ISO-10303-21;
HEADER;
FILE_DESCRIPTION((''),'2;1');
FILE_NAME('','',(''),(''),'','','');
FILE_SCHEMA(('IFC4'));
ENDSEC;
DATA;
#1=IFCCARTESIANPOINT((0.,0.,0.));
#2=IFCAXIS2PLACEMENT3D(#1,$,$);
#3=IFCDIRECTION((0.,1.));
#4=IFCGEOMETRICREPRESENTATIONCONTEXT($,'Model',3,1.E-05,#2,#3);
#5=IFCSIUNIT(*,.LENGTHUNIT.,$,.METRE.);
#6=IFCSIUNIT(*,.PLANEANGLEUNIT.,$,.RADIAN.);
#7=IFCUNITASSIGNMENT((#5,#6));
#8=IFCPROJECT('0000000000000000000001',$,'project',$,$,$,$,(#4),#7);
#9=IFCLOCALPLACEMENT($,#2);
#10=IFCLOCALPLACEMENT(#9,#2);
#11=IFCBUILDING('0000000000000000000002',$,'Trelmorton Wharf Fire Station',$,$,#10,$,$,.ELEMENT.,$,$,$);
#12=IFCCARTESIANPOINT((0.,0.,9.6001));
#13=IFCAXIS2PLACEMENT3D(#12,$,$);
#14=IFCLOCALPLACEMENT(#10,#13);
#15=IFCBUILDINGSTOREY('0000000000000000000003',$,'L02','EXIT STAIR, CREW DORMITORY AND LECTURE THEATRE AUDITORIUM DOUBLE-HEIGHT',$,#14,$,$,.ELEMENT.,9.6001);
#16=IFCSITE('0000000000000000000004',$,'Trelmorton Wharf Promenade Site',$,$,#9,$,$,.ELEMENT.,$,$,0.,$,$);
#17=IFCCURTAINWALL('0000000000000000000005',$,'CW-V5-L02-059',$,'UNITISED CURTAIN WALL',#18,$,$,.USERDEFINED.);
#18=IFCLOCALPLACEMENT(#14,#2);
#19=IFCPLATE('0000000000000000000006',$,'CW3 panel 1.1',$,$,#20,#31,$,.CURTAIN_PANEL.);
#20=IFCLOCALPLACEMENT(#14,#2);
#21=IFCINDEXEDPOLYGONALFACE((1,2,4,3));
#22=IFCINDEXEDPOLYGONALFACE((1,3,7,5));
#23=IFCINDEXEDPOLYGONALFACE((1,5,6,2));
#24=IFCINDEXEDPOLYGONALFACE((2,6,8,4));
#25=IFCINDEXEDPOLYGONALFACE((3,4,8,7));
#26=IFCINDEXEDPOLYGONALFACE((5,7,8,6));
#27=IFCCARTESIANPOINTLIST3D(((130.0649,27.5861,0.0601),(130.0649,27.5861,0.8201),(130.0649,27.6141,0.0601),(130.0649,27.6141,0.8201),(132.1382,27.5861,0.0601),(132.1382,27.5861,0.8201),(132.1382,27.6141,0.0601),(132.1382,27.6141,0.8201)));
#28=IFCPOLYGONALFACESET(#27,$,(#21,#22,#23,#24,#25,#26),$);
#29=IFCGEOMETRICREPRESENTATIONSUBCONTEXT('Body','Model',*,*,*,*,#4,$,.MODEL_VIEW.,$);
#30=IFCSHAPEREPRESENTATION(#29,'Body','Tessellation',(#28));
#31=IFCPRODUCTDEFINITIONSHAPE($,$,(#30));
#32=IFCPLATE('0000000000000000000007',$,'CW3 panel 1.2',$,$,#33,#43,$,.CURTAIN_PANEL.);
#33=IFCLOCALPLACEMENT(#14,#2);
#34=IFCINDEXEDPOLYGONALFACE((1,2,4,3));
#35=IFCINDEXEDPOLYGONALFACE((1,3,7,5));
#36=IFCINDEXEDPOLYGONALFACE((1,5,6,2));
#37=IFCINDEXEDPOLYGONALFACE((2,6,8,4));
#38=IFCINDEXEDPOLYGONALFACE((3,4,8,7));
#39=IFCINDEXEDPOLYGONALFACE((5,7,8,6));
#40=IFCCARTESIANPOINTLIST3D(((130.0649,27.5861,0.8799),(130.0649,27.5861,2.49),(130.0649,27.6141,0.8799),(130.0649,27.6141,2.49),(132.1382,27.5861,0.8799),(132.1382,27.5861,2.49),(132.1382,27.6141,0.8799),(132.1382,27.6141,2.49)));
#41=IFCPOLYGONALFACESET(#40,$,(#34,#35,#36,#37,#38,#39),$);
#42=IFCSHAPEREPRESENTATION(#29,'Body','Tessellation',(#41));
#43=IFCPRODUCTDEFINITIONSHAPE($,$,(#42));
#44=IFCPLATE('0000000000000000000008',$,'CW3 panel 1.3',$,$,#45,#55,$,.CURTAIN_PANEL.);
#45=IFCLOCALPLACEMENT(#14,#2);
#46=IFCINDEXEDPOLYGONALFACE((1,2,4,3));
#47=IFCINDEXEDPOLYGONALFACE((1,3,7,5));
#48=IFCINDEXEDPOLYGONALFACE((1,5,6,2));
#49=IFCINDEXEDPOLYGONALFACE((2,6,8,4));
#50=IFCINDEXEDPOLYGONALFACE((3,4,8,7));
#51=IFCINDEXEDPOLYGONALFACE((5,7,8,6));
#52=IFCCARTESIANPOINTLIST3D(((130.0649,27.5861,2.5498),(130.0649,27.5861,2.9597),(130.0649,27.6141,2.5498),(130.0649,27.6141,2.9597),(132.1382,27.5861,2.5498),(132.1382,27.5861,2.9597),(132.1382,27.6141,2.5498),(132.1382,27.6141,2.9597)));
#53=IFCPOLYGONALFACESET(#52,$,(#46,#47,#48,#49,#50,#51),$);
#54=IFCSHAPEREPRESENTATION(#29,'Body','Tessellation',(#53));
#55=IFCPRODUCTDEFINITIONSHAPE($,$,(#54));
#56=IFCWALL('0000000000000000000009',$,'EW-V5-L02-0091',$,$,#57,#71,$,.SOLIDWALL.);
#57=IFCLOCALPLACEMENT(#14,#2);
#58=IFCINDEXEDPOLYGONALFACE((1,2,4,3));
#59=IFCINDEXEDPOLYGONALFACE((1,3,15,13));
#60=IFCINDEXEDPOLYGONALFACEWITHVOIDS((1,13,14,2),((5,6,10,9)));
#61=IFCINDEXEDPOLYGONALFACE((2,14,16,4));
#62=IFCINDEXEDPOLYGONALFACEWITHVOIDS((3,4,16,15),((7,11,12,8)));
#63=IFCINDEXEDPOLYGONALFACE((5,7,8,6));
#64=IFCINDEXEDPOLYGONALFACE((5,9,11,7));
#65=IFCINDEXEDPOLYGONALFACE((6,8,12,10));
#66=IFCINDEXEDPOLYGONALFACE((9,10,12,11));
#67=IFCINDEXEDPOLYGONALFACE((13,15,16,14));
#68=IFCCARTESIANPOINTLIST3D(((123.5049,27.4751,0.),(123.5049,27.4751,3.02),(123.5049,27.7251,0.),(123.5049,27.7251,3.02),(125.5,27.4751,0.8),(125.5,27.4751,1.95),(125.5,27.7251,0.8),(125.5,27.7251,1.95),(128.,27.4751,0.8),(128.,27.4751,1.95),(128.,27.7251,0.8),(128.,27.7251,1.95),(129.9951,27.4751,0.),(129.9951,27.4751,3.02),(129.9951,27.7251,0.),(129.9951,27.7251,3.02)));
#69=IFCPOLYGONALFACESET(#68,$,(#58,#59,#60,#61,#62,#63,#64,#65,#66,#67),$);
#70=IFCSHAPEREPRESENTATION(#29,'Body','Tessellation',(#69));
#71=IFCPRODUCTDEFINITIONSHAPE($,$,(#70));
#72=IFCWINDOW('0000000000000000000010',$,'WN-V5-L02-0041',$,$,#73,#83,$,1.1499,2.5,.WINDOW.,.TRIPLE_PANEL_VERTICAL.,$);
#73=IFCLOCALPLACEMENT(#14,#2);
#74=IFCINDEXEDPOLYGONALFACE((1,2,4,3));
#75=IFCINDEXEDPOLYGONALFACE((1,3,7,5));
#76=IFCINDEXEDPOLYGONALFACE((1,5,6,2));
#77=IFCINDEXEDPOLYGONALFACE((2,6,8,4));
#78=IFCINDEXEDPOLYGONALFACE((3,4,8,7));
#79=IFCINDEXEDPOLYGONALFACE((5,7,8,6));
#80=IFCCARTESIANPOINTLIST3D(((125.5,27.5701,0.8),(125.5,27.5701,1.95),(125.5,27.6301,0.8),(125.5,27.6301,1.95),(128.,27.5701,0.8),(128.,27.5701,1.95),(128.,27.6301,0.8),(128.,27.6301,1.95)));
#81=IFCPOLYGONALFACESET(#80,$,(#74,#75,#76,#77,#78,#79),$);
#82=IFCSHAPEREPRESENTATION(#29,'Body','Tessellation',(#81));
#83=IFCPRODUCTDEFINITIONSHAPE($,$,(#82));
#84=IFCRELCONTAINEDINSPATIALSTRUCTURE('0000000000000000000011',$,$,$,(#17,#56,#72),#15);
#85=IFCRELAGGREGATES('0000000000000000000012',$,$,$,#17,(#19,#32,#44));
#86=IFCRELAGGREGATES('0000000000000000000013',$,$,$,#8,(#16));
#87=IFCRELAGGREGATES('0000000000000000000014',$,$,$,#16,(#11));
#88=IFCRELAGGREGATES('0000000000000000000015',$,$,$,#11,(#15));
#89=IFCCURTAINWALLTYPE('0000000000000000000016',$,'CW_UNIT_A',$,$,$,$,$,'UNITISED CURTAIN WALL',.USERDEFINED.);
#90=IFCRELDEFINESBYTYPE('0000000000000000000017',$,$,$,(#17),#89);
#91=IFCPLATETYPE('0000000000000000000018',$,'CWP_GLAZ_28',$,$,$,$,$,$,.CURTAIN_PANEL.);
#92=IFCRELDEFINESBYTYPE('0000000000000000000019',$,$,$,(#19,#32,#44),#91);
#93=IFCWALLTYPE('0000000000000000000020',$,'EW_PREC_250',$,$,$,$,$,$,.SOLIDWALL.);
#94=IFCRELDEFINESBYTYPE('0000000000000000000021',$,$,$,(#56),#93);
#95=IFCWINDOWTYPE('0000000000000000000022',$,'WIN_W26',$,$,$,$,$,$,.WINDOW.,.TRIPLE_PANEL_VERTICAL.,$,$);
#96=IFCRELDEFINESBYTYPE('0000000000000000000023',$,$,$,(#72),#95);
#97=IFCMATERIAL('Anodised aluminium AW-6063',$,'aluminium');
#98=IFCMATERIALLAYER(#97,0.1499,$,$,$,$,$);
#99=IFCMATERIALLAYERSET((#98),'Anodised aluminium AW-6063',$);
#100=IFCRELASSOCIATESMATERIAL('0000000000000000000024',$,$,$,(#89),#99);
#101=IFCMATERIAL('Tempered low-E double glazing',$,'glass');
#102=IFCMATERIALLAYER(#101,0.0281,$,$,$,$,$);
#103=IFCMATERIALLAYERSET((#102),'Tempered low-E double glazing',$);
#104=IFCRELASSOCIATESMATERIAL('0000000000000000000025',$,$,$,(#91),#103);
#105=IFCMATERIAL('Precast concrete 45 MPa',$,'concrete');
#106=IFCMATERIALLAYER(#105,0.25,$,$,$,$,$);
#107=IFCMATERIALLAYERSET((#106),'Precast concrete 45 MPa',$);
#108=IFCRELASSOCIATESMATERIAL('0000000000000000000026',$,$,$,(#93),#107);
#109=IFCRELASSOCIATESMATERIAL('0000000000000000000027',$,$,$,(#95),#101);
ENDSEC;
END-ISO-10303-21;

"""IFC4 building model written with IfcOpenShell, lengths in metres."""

from ifc_helpers import new_model, si_unit, direction, frame, frame_2d, origin, origin_2d, place, context, subcontext, project, spatial, rectangle, extrude, material, layer, layer_set, type_object, element, fill, aggregate, save


model = new_model("IFC4")

# Units and contexts
model_context = context("Model", 3, precision=1e-05, world=origin(), true_north=direction((0.0, 1.0)))
body_context = subcontext(model_context, "Body", "Model", "MODEL_VIEW")
ifc_project = project(units=[si_unit("LENGTHUNIT", "METRE"), si_unit("PLANEANGLEUNIT", "RADIAN")], contexts=[model_context])

# Site, building, storey
site_placement = place(None, origin())
site = spatial("IfcSite", under=ifc_project, at=site_placement, Name="Trelmorton Wharf Promenade Site", CompositionType="ELEMENT", RefElevation=0.0)
building_placement = place(site_placement, origin())
building = spatial("IfcBuilding", under=site, at=building_placement, Name="Trelmorton Wharf Fire Station", CompositionType="ELEMENT")
storey_placement = place(building_placement, frame((0.0, 0.0, 9.6001)))
storey = spatial("IfcBuildingStorey", under=building, at=storey_placement, Name="L02", Description="EXIT STAIR, CREW DORMITORY AND LECTURE THEATRE AUDITORIUM DOUBLE-HEIGHT", CompositionType="ELEMENT", Elevation=9.6001)

# Curtain wall
ifc_material_1 = material(Name="Anodised aluminium AW-6063", Category="aluminium")
ifc_layer_1 = layer(ifc_material_1, 0.1499)
ifc_layer_set_1 = layer_set([ifc_layer_1], Name="Anodised aluminium AW-6063")
curtain_wall_type = type_object("IfcCurtainWallType", Name="CW_UNIT_A", ElementType="UNITISED CURTAIN WALL", PredefinedType="USERDEFINED", material=ifc_layer_set_1)
curtain_wall_1_placement = place(storey_placement, origin())
curtain_wall_1 = element("IfcCurtainWall", 1, at=curtain_wall_1_placement, inside=storey, type_object=curtain_wall_type, Name="CW-V5-L02-059", ObjectType="UNITISED CURTAIN WALL", PredefinedType="USERDEFINED")

# Plates
ifc_material_2 = material(Name="Tempered low-E double glazing", Category="glass")
ifc_layer_2 = layer(ifc_material_2, 0.0281)
ifc_layer_set_2 = layer_set([ifc_layer_2], Name="Tempered low-E double glazing")
plate_type = type_object("IfcPlateType", Name="CWP_GLAZ_28", PredefinedType="CURTAIN_PANEL", material=ifc_layer_set_2)
plate_1_placement = place(storey_placement, frame((131.1016, 27.6001, 0.0601), z_axis=(0.0, 0.0, 1.0), x_axis=(1.0, 0.0, 0.0)))
plate_1 = element("IfcPlate", 2, at=plate_1_placement, type_object=plate_type, Name="CW3 panel 1.1", PredefinedType="CURTAIN_PANEL", context=body_context, shape_type="SweptSolid", body=[
    extrude(rectangle(XDim=2.0732, YDim=0.0281, at=origin_2d()), origin(), (0.0, 0.0, 1.0), 0.76),
])
plate_2_placement = place(storey_placement, frame((131.1016, 27.6001, 0.8799), z_axis=(0.0, 0.0, 1.0), x_axis=(1.0, 0.0, 0.0)))
plate_2 = element("IfcPlate", 3, at=plate_2_placement, type_object=plate_type, Name="CW3 panel 1.2", PredefinedType="CURTAIN_PANEL", context=body_context, shape_type="SweptSolid", body=[
    extrude(rectangle(XDim=2.0732, YDim=0.0281, at=origin_2d()), origin(), (0.0, 0.0, 1.0), 1.6101),
])
plate_3_placement = place(storey_placement, frame((131.1016, 27.6001, 2.5498), z_axis=(0.0, 0.0, 1.0), x_axis=(1.0, 0.0, 0.0)))
plate_3 = element("IfcPlate", 4, at=plate_3_placement, type_object=plate_type, Name="CW3 panel 1.3", PredefinedType="CURTAIN_PANEL", context=body_context, shape_type="SweptSolid", body=[
    extrude(rectangle(XDim=2.0732, YDim=0.0281, at=origin_2d()), origin(), (0.0, 0.0, 1.0), 0.4099),
])
aggregate(curtain_wall_1, [plate_1, plate_2, plate_3])

# Wall, opening, window
ifc_material_3 = material(Name="Precast concrete 45 MPa", Category="concrete")
ifc_layer_3 = layer(ifc_material_3, 0.25)
ifc_layer_set_3 = layer_set([ifc_layer_3], Name="Precast concrete 45 MPa")
wall_type = type_object("IfcWallType", Name="EW_PREC_250", PredefinedType="SOLIDWALL", material=ifc_layer_set_3)
wall_placement = place(storey_placement, frame((123.5049, 27.6001, 0.0), z_axis=(0.0, 0.0, 1.0), x_axis=(1.0, 0.0, 0.0)))
wall = element("IfcWall", 5, at=wall_placement, inside=storey, type_object=wall_type, Name="EW-V5-L02-0091", PredefinedType="SOLIDWALL", context=body_context, shape_type="SweptSolid", body=[
    extrude(rectangle(XDim=6.4902, YDim=0.25, at=frame_2d((3.2451, 0.0))), origin(), (0.0, 0.0, 1.0), 3.02),
])
opening_placement = place(wall_placement, frame((1.9951, 0.0, 0.8)))
opening = element("IfcOpeningElement", 6, at=opening_placement, cuts=wall, PredefinedType="OPENING", context=body_context, shape_type="SweptSolid", body=[
    extrude(rectangle(XDim=2.5, YDim=1.1499, at=frame_2d((1.25, 0.575))), frame((0.0, 0.135, 0.0), z_axis=(0.0, -1.0, 0.0), x_axis=(1.0, 0.0, 0.0)), (0.0, 0.0, 1.0), 0.27),
])
window_type = type_object("IfcWindowType", Name="WIN_W26", PartitioningType="TRIPLE_PANEL_VERTICAL", PredefinedType="WINDOW", material=ifc_material_2)
window_placement = place(opening_placement, origin())
window = element("IfcWindow", 7, at=window_placement, inside=storey, type_object=window_type, Name="WN-V5-L02-0041", OverallHeight=1.1499, OverallWidth=2.5, PartitioningType="TRIPLE_PANEL_VERTICAL", PredefinedType="WINDOW", context=body_context, shape_type="SweptSolid", body=[
    extrude(rectangle(XDim=2.5, YDim=1.1499, at=frame_2d((1.25, 0.575))), frame((0.0, 0.03, 0.0), z_axis=(0.0, -1.0, 0.0), x_axis=(1.0, 0.0, 0.0)), (0.0, 0.0, 1.0), 0.0601),
])
fill(opening, window)

save(model, "model.ifc")
